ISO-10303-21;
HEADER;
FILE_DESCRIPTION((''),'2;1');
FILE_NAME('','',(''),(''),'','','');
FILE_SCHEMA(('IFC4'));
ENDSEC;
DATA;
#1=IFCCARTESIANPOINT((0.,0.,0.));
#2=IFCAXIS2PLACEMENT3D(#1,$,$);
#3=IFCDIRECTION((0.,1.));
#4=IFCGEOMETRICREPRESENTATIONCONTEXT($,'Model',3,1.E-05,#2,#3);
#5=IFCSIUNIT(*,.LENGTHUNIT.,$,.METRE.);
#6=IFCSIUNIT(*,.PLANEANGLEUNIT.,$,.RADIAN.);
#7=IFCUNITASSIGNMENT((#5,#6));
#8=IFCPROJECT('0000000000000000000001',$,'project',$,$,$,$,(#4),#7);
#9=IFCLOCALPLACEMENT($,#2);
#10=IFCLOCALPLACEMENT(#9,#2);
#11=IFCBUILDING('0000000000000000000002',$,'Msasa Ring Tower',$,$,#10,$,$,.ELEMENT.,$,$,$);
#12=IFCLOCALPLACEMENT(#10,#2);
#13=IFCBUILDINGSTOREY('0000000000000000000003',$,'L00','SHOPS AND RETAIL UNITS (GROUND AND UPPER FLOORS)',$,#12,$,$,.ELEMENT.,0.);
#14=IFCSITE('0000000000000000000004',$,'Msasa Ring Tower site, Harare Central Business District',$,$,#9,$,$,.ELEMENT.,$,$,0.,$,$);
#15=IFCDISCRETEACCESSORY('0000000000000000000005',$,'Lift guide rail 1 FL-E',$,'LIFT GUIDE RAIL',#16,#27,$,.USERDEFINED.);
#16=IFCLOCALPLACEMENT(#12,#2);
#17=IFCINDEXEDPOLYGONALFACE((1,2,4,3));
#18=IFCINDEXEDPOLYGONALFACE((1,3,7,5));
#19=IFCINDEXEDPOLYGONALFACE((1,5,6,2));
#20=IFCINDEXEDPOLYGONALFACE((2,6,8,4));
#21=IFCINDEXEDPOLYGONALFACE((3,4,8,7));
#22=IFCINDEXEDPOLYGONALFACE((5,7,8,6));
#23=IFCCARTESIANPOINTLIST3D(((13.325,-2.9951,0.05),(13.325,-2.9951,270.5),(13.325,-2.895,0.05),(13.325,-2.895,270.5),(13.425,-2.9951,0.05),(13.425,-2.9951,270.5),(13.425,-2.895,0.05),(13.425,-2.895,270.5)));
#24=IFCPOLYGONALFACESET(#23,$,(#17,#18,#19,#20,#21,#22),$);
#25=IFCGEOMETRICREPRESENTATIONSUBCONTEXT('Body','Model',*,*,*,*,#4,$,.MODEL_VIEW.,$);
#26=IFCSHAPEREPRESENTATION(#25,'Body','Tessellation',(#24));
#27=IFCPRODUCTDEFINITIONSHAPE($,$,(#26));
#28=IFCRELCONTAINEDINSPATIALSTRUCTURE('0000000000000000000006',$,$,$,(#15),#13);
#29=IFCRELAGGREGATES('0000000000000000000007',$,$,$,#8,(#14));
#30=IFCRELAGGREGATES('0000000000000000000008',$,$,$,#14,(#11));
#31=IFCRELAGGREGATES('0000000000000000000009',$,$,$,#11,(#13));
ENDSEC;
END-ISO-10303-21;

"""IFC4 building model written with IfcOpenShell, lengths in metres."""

from ifc_helpers import new_model, si_unit, direction, frame, origin, place, context, subcontext, project, spatial, polyline, outline, extrude, element, save


model = new_model("IFC4")

# Units and contexts
model_context = context("Model", 3, precision=1e-05, world=origin(), true_north=direction((0.0, 1.0)))
body_context = subcontext(model_context, "Body", "Model", "MODEL_VIEW")
ifc_project = project(units=[si_unit("LENGTHUNIT", "METRE"), si_unit("PLANEANGLEUNIT", "RADIAN")], contexts=[model_context])

# Site, building, storey
site_placement = place(None, origin())
site = spatial("IfcSite", under=ifc_project, at=site_placement, Name="Msasa Ring Tower site, Harare Central Business District", CompositionType="ELEMENT", RefElevation=0.0)
building_placement = place(site_placement, origin())
building = spatial("IfcBuilding", under=site, at=building_placement, Name="Msasa Ring Tower", CompositionType="ELEMENT")
storey_placement = place(building_placement, origin())
storey = spatial("IfcBuildingStorey", under=building, at=storey_placement, Name="L00", Description="SHOPS AND RETAIL UNITS (GROUND AND UPPER FLOORS)", CompositionType="ELEMENT", Elevation=0.0)

# Discrete accessory
discrete_accessory_placement = place(storey_placement, frame((0.0, 0.0, 0.05)))
element("IfcDiscreteAccessory", 1, at=discrete_accessory_placement, inside=storey, Name="Lift guide rail 1 FL-E", ObjectType="LIFT GUIDE RAIL", PredefinedType="USERDEFINED", context=body_context, shape_type="SweptSolid", body=[
    extrude(outline(polyline([(13.325, -2.9951), (13.425, -2.9951), (13.425, -2.895), (13.325, -2.895), (13.325, -2.9951)])), origin(), (0.0, 0.0, 1.0), 270.45),
])

save(model, "model.ifc")
